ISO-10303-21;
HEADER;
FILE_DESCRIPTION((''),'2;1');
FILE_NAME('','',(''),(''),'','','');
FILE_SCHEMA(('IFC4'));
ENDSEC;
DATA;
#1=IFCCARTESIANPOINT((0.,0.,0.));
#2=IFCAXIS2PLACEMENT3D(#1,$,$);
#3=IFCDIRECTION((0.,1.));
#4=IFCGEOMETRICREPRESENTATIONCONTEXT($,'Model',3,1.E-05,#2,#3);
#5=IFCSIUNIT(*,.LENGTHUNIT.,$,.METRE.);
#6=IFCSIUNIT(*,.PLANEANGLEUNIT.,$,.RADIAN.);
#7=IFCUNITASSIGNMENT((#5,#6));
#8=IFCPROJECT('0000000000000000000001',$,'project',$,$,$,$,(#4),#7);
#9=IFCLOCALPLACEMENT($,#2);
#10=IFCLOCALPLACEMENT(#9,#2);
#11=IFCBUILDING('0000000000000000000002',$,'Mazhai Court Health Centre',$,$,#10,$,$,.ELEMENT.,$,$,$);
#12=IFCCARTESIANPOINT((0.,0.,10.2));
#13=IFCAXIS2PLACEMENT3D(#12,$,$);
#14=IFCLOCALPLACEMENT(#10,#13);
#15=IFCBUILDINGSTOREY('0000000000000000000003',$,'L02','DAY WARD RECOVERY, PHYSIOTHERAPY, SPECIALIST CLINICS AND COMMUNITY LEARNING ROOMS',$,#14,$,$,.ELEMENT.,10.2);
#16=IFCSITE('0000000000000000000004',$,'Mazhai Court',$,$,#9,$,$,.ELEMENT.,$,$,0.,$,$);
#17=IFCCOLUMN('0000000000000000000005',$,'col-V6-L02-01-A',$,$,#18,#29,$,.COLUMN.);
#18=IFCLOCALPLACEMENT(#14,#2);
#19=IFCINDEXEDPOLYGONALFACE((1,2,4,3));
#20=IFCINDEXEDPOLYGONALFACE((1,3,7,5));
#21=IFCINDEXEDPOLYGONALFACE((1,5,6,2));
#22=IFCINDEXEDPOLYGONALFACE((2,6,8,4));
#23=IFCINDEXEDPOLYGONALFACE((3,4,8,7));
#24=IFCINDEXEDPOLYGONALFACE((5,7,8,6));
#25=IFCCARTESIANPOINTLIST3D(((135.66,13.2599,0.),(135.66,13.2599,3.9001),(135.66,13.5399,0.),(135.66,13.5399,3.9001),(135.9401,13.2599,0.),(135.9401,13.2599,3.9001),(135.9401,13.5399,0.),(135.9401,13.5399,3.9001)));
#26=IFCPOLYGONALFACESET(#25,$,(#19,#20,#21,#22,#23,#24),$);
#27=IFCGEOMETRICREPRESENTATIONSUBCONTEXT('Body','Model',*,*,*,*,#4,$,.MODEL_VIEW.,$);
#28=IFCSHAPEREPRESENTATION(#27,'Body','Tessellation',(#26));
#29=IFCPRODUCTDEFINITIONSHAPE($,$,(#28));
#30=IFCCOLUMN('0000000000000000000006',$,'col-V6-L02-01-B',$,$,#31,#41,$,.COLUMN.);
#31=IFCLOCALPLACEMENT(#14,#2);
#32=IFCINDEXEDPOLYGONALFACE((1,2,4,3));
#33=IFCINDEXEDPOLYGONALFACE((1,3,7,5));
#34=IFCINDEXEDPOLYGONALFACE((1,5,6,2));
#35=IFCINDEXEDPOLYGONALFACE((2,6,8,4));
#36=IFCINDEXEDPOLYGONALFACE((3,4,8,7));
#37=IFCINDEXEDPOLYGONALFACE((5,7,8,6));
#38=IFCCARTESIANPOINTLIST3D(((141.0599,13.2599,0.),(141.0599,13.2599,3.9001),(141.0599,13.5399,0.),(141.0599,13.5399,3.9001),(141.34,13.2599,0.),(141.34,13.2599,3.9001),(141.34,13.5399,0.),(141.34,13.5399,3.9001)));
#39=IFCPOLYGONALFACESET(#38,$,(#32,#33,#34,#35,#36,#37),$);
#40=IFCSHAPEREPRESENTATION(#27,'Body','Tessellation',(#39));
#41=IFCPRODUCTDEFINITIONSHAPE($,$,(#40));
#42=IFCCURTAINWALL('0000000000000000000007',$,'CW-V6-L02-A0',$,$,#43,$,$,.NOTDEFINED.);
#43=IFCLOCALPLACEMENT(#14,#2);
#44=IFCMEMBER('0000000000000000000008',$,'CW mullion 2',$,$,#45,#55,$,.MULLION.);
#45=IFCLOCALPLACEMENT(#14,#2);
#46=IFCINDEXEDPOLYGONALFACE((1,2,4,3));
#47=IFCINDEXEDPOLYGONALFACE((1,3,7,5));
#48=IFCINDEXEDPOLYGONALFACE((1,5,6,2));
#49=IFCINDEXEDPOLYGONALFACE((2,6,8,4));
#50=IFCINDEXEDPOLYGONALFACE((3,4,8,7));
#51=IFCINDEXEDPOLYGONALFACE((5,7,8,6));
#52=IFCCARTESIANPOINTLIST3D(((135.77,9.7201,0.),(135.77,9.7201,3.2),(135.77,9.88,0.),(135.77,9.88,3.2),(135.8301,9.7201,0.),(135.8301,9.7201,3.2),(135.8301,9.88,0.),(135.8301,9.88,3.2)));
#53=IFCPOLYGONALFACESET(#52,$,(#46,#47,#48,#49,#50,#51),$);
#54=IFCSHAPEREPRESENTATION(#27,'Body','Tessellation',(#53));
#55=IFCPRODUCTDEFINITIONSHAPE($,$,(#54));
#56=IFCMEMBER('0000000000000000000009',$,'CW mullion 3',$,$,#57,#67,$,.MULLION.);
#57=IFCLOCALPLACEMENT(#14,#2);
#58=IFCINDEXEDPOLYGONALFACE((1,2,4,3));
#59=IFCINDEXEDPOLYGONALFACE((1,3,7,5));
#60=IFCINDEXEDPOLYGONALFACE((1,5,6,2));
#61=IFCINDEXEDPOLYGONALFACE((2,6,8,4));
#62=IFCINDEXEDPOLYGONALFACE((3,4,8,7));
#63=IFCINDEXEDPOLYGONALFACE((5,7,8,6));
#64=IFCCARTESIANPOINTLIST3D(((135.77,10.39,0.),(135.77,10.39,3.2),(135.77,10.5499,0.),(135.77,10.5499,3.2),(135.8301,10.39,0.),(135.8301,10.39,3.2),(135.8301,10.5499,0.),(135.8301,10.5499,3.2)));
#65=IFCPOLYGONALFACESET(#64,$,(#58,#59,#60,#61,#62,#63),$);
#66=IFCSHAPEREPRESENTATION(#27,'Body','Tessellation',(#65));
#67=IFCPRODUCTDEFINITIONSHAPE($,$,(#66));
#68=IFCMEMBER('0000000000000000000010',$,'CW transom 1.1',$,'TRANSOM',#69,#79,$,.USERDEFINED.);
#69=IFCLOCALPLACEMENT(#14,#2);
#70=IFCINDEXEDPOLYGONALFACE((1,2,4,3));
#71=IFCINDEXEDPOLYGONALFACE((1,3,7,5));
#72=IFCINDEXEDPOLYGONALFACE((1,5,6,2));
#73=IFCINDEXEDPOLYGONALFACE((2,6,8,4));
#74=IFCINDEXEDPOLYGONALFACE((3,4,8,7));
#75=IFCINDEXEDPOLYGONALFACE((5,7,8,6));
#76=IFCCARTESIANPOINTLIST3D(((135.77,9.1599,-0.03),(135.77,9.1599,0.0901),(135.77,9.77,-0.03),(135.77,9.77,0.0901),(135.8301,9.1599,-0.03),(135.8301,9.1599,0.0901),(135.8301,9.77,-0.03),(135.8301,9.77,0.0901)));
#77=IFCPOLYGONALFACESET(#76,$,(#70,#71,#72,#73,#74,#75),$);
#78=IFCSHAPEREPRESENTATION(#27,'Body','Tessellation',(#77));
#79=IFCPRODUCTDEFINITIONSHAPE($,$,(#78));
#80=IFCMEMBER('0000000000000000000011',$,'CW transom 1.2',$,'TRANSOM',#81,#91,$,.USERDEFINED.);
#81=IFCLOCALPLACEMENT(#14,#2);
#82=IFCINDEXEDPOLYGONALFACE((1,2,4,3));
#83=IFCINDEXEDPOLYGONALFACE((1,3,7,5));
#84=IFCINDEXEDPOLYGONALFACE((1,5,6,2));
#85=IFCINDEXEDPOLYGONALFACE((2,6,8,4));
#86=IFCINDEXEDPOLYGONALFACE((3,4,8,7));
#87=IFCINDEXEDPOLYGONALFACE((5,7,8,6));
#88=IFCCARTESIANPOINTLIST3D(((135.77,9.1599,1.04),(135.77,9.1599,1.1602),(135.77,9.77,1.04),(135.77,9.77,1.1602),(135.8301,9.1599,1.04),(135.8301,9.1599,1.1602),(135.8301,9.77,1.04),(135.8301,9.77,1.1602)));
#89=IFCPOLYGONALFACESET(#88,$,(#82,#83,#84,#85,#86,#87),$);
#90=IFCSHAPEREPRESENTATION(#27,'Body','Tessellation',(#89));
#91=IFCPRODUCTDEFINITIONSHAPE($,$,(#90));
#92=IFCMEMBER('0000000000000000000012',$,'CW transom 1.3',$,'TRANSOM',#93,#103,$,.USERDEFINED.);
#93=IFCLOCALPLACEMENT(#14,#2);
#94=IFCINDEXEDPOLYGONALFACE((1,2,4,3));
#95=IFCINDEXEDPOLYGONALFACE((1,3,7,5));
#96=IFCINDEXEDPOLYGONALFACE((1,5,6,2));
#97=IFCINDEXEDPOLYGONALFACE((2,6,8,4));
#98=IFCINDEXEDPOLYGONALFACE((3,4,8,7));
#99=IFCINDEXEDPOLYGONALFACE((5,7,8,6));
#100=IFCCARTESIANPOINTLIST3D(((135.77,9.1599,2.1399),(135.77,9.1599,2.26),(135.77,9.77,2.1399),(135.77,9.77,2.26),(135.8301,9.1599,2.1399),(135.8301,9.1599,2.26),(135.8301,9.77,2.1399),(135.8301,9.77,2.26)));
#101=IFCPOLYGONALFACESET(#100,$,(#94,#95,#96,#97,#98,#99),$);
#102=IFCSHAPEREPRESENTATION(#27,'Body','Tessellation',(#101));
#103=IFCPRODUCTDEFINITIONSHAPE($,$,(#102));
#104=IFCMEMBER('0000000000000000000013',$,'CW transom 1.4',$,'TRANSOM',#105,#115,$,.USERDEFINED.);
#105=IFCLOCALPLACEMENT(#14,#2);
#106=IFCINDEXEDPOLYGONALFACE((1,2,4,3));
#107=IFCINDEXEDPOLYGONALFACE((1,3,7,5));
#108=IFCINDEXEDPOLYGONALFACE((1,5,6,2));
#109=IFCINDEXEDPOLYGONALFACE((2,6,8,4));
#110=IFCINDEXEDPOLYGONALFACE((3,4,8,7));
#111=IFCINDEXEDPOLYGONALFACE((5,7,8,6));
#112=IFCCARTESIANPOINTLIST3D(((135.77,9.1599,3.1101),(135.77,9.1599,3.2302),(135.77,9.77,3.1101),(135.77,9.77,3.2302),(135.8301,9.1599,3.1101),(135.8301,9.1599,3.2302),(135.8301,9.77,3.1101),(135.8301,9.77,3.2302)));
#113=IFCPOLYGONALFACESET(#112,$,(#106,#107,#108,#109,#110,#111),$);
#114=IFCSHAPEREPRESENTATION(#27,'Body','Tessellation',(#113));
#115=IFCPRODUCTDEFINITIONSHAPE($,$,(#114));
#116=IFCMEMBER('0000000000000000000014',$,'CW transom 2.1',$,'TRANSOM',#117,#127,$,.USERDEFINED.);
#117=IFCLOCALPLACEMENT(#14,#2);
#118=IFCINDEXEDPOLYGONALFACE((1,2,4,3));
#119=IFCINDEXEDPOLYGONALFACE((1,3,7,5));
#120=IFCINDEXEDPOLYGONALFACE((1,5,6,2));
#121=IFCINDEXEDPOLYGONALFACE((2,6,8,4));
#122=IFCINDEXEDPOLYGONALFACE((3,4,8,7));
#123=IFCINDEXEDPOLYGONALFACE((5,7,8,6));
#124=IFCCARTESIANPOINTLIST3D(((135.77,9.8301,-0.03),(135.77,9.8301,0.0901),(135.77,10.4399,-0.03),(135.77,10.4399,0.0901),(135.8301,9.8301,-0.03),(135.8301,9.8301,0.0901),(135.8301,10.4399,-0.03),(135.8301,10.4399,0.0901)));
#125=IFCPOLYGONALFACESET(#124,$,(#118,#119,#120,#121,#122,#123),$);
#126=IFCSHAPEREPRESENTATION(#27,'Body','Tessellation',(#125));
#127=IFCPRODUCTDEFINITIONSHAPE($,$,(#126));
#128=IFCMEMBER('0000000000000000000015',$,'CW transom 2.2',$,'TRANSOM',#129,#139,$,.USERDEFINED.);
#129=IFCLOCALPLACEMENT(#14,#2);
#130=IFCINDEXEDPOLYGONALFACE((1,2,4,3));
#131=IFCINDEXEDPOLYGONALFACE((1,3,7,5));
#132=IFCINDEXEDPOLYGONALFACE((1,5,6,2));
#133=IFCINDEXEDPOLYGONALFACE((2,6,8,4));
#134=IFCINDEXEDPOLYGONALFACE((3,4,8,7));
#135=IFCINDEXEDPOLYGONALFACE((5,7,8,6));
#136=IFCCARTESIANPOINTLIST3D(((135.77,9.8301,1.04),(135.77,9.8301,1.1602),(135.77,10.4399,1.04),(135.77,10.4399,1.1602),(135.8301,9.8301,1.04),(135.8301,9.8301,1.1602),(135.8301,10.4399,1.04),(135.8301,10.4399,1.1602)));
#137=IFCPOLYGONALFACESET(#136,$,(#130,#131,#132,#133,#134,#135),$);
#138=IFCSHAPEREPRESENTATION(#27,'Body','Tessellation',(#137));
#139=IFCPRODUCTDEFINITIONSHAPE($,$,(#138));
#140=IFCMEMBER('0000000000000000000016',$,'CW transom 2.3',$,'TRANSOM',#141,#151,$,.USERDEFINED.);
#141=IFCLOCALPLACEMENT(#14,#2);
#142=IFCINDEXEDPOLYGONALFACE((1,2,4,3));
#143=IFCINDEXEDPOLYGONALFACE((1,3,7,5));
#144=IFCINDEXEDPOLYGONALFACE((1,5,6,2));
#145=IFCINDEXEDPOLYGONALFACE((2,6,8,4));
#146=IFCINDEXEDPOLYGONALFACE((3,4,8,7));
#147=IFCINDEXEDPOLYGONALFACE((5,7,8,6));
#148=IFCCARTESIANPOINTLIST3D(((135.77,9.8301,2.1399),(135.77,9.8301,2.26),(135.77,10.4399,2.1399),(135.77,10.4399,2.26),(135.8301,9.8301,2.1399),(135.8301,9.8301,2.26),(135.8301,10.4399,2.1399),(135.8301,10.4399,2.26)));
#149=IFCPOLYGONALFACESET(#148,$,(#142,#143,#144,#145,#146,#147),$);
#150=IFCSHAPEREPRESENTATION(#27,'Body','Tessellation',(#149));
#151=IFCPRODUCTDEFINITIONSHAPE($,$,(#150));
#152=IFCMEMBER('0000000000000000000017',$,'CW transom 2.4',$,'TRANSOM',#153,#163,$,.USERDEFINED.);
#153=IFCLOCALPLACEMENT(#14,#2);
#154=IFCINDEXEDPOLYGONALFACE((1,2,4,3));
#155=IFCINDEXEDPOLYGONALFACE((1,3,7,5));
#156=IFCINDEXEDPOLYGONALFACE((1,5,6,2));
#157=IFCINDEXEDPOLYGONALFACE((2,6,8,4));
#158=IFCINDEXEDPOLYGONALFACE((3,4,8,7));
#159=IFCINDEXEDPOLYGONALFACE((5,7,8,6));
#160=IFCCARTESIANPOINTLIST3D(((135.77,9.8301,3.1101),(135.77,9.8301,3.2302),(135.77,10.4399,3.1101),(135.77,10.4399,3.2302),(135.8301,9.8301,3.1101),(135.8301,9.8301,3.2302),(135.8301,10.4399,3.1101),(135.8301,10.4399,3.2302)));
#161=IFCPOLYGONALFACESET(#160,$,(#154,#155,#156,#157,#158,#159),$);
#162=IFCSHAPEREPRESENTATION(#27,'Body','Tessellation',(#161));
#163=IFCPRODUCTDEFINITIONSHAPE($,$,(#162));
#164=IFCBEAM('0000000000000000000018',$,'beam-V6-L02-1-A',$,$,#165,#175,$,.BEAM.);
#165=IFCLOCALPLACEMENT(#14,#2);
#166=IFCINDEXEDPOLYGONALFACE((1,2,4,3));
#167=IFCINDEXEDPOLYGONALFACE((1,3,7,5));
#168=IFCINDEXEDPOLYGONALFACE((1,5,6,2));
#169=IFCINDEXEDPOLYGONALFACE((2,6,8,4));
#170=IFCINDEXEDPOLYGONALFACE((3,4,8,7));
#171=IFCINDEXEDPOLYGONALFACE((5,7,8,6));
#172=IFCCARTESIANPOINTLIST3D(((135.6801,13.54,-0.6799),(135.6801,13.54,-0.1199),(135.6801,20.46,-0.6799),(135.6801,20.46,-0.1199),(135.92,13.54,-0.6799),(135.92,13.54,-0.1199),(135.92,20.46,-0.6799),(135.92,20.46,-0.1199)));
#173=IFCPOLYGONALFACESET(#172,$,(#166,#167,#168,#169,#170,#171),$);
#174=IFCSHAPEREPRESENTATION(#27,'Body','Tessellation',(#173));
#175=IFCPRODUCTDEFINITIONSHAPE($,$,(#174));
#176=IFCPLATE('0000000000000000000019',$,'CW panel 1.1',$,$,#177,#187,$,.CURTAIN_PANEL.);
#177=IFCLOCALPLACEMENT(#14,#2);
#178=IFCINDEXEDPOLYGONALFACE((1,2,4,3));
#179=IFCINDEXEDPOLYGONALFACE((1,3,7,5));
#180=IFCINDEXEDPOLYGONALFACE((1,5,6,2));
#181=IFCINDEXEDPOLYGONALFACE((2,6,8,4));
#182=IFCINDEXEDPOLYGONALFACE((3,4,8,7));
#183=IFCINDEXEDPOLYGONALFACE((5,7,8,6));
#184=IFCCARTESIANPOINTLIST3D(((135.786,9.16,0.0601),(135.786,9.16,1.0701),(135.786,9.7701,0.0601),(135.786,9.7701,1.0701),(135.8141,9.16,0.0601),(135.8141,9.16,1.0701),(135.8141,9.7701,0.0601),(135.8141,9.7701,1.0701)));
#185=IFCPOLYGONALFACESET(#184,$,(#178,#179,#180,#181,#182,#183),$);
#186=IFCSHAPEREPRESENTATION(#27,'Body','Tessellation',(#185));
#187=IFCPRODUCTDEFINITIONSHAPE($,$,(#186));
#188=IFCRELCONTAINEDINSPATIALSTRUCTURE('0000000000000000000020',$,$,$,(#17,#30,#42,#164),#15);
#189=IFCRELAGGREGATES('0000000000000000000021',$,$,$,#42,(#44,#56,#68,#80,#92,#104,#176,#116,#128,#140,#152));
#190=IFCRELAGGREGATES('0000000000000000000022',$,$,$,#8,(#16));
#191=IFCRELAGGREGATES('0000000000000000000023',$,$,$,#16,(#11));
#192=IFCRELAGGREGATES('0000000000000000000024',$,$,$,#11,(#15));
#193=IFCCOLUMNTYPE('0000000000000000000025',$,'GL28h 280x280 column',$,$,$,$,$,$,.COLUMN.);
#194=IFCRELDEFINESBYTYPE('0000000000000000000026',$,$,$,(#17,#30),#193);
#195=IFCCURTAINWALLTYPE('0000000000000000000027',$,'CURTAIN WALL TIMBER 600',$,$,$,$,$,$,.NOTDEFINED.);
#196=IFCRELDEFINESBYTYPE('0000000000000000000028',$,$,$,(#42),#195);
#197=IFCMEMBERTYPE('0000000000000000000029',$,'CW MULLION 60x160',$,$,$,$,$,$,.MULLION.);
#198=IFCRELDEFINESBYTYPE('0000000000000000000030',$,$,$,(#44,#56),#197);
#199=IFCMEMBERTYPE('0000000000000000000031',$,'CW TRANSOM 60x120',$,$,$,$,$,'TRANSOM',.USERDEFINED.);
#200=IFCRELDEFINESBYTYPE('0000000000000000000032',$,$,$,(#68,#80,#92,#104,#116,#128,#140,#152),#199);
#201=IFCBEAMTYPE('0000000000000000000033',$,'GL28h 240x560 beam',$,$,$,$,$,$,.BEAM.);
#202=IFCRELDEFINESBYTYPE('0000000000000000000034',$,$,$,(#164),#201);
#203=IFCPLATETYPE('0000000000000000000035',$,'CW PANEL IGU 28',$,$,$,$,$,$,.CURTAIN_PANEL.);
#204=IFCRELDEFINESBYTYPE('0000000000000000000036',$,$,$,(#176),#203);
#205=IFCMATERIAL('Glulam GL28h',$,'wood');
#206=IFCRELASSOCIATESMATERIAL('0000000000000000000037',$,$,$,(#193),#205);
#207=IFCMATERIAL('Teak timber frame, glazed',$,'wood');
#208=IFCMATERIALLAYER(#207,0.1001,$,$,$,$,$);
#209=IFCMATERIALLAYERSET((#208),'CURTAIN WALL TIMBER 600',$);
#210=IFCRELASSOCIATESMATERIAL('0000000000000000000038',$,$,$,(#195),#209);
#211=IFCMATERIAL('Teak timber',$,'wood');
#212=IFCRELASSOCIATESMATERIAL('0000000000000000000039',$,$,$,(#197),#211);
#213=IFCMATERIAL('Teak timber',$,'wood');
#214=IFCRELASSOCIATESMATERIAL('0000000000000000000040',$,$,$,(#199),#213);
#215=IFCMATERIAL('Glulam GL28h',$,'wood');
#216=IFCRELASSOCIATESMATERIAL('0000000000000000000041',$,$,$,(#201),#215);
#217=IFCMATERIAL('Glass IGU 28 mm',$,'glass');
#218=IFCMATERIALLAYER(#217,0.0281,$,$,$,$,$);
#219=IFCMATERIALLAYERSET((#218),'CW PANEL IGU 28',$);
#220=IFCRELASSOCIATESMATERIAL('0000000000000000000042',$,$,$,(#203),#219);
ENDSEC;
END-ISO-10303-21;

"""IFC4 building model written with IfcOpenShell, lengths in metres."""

from ifc_helpers import new_model, si_unit, direction, frame, origin, origin_2d, place, context, subcontext, project, spatial, rectangle, extrude, material, layer, layer_set, material_profile, profile_set, type_object, element, aggregate, save


model = new_model("IFC4")

# Units and contexts
model_context = context("Model", 3, precision=1e-05, world=origin(), true_north=direction((0.0, 1.0)))
body_context = subcontext(model_context, "Body", "Model", "MODEL_VIEW")
ifc_project = project(units=[si_unit("LENGTHUNIT", "METRE"), si_unit("PLANEANGLEUNIT", "RADIAN")], contexts=[model_context])

# Site, building, storey
site_placement = place(None, origin())
site = spatial("IfcSite", under=ifc_project, at=site_placement, Name="Mazhai Court", CompositionType="ELEMENT", RefElevation=0.0)
building_placement = place(site_placement, origin())
building = spatial("IfcBuilding", under=site, at=building_placement, Name="Mazhai Court Health Centre", CompositionType="ELEMENT")
storey_placement = place(building_placement, frame((0.0, 0.0, 10.2)))
storey = spatial("IfcBuildingStorey", under=building, at=storey_placement, Name="L02", Description="DAY WARD RECOVERY, PHYSIOTHERAPY, SPECIALIST CLINICS AND COMMUNITY LEARNING ROOMS", CompositionType="ELEMENT", Elevation=10.2)

# Columns
ifc_material_1 = material(Name="Glulam GL28h", Category="wood")
ifc_material_profile_1 = material_profile(ifc_material_1, rectangle(XDim=0.28, YDim=0.28, at=origin_2d()), Name="GL28h 280x280")
ifc_profile_set_1 = profile_set([ifc_material_profile_1], Name="Glulam GL28h")
column_type = type_object("IfcColumnType", Name="GL28h 280x280 column", PredefinedType="COLUMN", material=ifc_profile_set_1)
for number, where, z_axis, x_axis, name in (
    (1, (135.8, 13.3999, 0.0), (0.0, 0.0, 1.0), (1.0, 0.0, 0.0), "col-V6-L02-01-A"),
    (2, (141.2, 13.3999, 0.0), (0.0, 0.0, 1.0), (1.0, 0.0, 0.0), "col-V6-L02-01-B"),
):
    element("IfcColumn", number, at=place(storey_placement, frame(where, z_axis=z_axis, x_axis=x_axis)), inside=storey, type_object=column_type, Name=name, PredefinedType="COLUMN", context=body_context, shape_type="SweptSolid", body=[
        extrude(rectangle(XDim=0.28, YDim=0.28, at=origin_2d()), origin(), (0.0, 0.0, 1.0), 3.9001),
    ])

# Curtain wall, members
ifc_material_2 = material(Name="Teak timber frame, glazed", Category="wood")
ifc_layer_1 = layer(ifc_material_2, 0.1001)
ifc_layer_set_1 = layer_set([ifc_layer_1], Name="CURTAIN WALL TIMBER 600")
curtain_wall_type = type_object("IfcCurtainWallType", Name="CURTAIN WALL TIMBER 600", PredefinedType="NOTDEFINED", material=ifc_layer_set_1)
curtain_wall_placement = place(storey_placement, origin())
curtain_wall = element("IfcCurtainWall", 3, at=curtain_wall_placement, inside=storey, type_object=curtain_wall_type, Name="CW-V6-L02-A0", PredefinedType="NOTDEFINED")
ifc_material_3 = material(Name="Teak timber", Category="wood")
ifc_material_profile_2 = material_profile(ifc_material_3, rectangle(XDim=0.0601, YDim=0.1599, at=origin_2d()), Name="CW MULLION 60x160")
ifc_profile_set_2 = profile_set([ifc_material_profile_2], Name="Teak timber")
member_type_1 = type_object("IfcMemberType", Name="CW MULLION 60x160", PredefinedType="MULLION", material=ifc_profile_set_2)
member_1_placement = place(storey_placement, frame((135.8, 9.8, 0.0), z_axis=(0.0, 0.0, 1.0), x_axis=(-1.0, 0.0, 0.0)))
member_1 = element("IfcMember", 4, at=member_1_placement, type_object=member_type_1, Name="CW mullion 2", PredefinedType="MULLION", context=body_context, shape_type="SweptSolid", body=[
    extrude(rectangle(XDim=0.0601, YDim=0.1599, at=origin_2d()), origin(), (0.0, 0.0, 1.0), 3.2),
])
member_2_placement = place(storey_placement, frame((135.8, 10.47, 0.0), z_axis=(0.0, 0.0, 1.0), x_axis=(-1.0, 0.0, 0.0)))
member_2 = element("IfcMember", 5, at=member_2_placement, type_object=member_type_1, Name="CW mullion 3", PredefinedType="MULLION", context=body_context, shape_type="SweptSolid", body=[
    extrude(rectangle(XDim=0.0601, YDim=0.1599, at=origin_2d()), origin(), (0.0, 0.0, 1.0), 3.2),
])
ifc_material_4 = material(Name="Teak timber", Category="wood")
ifc_material_profile_3 = material_profile(ifc_material_4, rectangle(XDim=0.0601, YDim=0.1201, at=origin_2d()), Name="CW TRANSOM 60x120")
ifc_profile_set_3 = profile_set([ifc_material_profile_3], Name="Teak timber")
member_type_2 = type_object("IfcMemberType", Name="CW TRANSOM 60x120", ElementType="TRANSOM", PredefinedType="USERDEFINED", material=ifc_profile_set_3)
member_3_placement = place(storey_placement, frame((135.8, 9.1599, 0.03), z_axis=(0.0, 1.0, 0.0), x_axis=(-1.0, 0.0, 0.0)))
member_3 = element("IfcMember", 6, at=member_3_placement, type_object=member_type_2, Name="CW transom 1.1", ObjectType="TRANSOM", PredefinedType="USERDEFINED", context=body_context, shape_type="SweptSolid", body=[
    extrude(rectangle(XDim=0.0601, YDim=0.1201, at=origin_2d()), origin(), (0.0, 0.0, 1.0), 0.6101),
])
member_4_placement = place(storey_placement, frame((135.8, 9.1599, 1.1001), z_axis=(0.0, 1.0, 0.0), x_axis=(-1.0, 0.0, 0.0)))
member_4 = element("IfcMember", 7, at=member_4_placement, type_object=member_type_2, Name="CW transom 1.2", ObjectType="TRANSOM", PredefinedType="USERDEFINED", context=body_context, shape_type="SweptSolid", body=[
    extrude(rectangle(XDim=0.0601, YDim=0.1201, at=origin_2d()), origin(), (0.0, 0.0, 1.0), 0.6101),
])
member_5_placement = place(storey_placement, frame((135.8, 9.1599, 2.2), z_axis=(0.0, 1.0, 0.0), x_axis=(-1.0, 0.0, 0.0)))
member_5 = element("IfcMember", 8, at=member_5_placement, type_object=member_type_2, Name="CW transom 1.3", ObjectType="TRANSOM", PredefinedType="USERDEFINED", context=body_context, shape_type="SweptSolid", body=[
    extrude(rectangle(XDim=0.0601, YDim=0.1201, at=origin_2d()), origin(), (0.0, 0.0, 1.0), 0.6101),
])
member_6_placement = place(storey_placement, frame((135.8, 9.1599, 3.1702), z_axis=(0.0, 1.0, 0.0), x_axis=(-1.0, 0.0, 0.0)))
member_6 = element("IfcMember", 9, at=member_6_placement, type_object=member_type_2, Name="CW transom 1.4", ObjectType="TRANSOM", PredefinedType="USERDEFINED", context=body_context, shape_type="SweptSolid", body=[
    extrude(rectangle(XDim=0.0601, YDim=0.1201, at=origin_2d()), origin(), (0.0, 0.0, 1.0), 0.6101),
])
member_7_placement = place(storey_placement, frame((135.8, 9.8301, 0.03), z_axis=(0.0, 1.0, 0.0), x_axis=(-1.0, 0.0, 0.0)))
member_7 = element("IfcMember", 10, at=member_7_placement, type_object=member_type_2, Name="CW transom 2.1", ObjectType="TRANSOM", PredefinedType="USERDEFINED", context=body_context, shape_type="SweptSolid", body=[
    extrude(rectangle(XDim=0.0601, YDim=0.1201, at=origin_2d()), origin(), (0.0, 0.0, 1.0), 0.6099),
])
member_8_placement = place(storey_placement, frame((135.8, 9.8301, 1.1001), z_axis=(0.0, 1.0, 0.0), x_axis=(-1.0, 0.0, 0.0)))
member_8 = element("IfcMember", 11, at=member_8_placement, type_object=member_type_2, Name="CW transom 2.2", ObjectType="TRANSOM", PredefinedType="USERDEFINED", context=body_context, shape_type="SweptSolid", body=[
    extrude(rectangle(XDim=0.0601, YDim=0.1201, at=origin_2d()), origin(), (0.0, 0.0, 1.0), 0.6099),
])
member_9_placement = place(storey_placement, frame((135.8, 9.8301, 2.2), z_axis=(0.0, 1.0, 0.0), x_axis=(-1.0, 0.0, 0.0)))
member_9 = element("IfcMember", 12, at=member_9_placement, type_object=member_type_2, Name="CW transom 2.3", ObjectType="TRANSOM", PredefinedType="USERDEFINED", context=body_context, shape_type="SweptSolid", body=[
    extrude(rectangle(XDim=0.0601, YDim=0.1201, at=origin_2d()), origin(), (0.0, 0.0, 1.0), 0.6099),
])
member_10_placement = place(storey_placement, frame((135.8, 9.8301, 3.1702), z_axis=(0.0, 1.0, 0.0), x_axis=(-1.0, 0.0, 0.0)))
member_10 = element("IfcMember", 13, at=member_10_placement, type_object=member_type_2, Name="CW transom 2.4", ObjectType="TRANSOM", PredefinedType="USERDEFINED", context=body_context, shape_type="SweptSolid", body=[
    extrude(rectangle(XDim=0.0601, YDim=0.1201, at=origin_2d()), origin(), (0.0, 0.0, 1.0), 0.6099),
])

# Beam
ifc_material_5 = material(Name="Glulam GL28h", Category="wood")
ifc_material_profile_4 = material_profile(ifc_material_5, rectangle(XDim=0.24, YDim=0.5601, at=origin_2d()), Name="GL28h 240x560")
ifc_profile_set_4 = profile_set([ifc_material_profile_4], Name="Glulam GL28h")
beam_type = type_object("IfcBeamType", Name="GL28h 240x560 beam", PredefinedType="BEAM", material=ifc_profile_set_4)
beam_placement = place(storey_placement, frame((135.8, 13.54, -0.3999), z_axis=(0.0, 1.0, 0.0), x_axis=(-1.0, 0.0, 0.0)))
element("IfcBeam", 14, at=beam_placement, inside=storey, type_object=beam_type, Name="beam-V6-L02-1-A", PredefinedType="BEAM", context=body_context, shape_type="SweptSolid", body=[
    extrude(rectangle(XDim=0.24, YDim=0.5601, at=origin_2d()), origin(), (0.0, 0.0, 1.0), 6.9199),
])

# Plate
ifc_material_6 = material(Name="Glass IGU 28 mm", Category="glass")
ifc_layer_2 = layer(ifc_material_6, 0.0281)
ifc_layer_set_2 = layer_set([ifc_layer_2], Name="CW PANEL IGU 28")
plate_type = type_object("IfcPlateType", Name="CW PANEL IGU 28", PredefinedType="CURTAIN_PANEL", material=ifc_layer_set_2)
plate_1_placement = place(storey_placement, frame((135.8, 9.4651, 0.0601), z_axis=(0.0, 0.0, 1.0), x_axis=(0.0, 1.0, 0.0)))
plate_1 = element("IfcPlate", 15, at=plate_1_placement, type_object=plate_type, Name="CW panel 1.1", PredefinedType="CURTAIN_PANEL", context=body_context, shape_type="SweptSolid", body=[
    extrude(rectangle(XDim=0.6101, YDim=0.0281, at=origin_2d()), origin(), (0.0, 0.0, 1.0), 1.01),
])
aggregate(curtain_wall, [member_1, member_2, member_3, member_4, member_5, member_6, plate_1, member_7, member_8, member_9, member_10])

save(model, "model.ifc")
